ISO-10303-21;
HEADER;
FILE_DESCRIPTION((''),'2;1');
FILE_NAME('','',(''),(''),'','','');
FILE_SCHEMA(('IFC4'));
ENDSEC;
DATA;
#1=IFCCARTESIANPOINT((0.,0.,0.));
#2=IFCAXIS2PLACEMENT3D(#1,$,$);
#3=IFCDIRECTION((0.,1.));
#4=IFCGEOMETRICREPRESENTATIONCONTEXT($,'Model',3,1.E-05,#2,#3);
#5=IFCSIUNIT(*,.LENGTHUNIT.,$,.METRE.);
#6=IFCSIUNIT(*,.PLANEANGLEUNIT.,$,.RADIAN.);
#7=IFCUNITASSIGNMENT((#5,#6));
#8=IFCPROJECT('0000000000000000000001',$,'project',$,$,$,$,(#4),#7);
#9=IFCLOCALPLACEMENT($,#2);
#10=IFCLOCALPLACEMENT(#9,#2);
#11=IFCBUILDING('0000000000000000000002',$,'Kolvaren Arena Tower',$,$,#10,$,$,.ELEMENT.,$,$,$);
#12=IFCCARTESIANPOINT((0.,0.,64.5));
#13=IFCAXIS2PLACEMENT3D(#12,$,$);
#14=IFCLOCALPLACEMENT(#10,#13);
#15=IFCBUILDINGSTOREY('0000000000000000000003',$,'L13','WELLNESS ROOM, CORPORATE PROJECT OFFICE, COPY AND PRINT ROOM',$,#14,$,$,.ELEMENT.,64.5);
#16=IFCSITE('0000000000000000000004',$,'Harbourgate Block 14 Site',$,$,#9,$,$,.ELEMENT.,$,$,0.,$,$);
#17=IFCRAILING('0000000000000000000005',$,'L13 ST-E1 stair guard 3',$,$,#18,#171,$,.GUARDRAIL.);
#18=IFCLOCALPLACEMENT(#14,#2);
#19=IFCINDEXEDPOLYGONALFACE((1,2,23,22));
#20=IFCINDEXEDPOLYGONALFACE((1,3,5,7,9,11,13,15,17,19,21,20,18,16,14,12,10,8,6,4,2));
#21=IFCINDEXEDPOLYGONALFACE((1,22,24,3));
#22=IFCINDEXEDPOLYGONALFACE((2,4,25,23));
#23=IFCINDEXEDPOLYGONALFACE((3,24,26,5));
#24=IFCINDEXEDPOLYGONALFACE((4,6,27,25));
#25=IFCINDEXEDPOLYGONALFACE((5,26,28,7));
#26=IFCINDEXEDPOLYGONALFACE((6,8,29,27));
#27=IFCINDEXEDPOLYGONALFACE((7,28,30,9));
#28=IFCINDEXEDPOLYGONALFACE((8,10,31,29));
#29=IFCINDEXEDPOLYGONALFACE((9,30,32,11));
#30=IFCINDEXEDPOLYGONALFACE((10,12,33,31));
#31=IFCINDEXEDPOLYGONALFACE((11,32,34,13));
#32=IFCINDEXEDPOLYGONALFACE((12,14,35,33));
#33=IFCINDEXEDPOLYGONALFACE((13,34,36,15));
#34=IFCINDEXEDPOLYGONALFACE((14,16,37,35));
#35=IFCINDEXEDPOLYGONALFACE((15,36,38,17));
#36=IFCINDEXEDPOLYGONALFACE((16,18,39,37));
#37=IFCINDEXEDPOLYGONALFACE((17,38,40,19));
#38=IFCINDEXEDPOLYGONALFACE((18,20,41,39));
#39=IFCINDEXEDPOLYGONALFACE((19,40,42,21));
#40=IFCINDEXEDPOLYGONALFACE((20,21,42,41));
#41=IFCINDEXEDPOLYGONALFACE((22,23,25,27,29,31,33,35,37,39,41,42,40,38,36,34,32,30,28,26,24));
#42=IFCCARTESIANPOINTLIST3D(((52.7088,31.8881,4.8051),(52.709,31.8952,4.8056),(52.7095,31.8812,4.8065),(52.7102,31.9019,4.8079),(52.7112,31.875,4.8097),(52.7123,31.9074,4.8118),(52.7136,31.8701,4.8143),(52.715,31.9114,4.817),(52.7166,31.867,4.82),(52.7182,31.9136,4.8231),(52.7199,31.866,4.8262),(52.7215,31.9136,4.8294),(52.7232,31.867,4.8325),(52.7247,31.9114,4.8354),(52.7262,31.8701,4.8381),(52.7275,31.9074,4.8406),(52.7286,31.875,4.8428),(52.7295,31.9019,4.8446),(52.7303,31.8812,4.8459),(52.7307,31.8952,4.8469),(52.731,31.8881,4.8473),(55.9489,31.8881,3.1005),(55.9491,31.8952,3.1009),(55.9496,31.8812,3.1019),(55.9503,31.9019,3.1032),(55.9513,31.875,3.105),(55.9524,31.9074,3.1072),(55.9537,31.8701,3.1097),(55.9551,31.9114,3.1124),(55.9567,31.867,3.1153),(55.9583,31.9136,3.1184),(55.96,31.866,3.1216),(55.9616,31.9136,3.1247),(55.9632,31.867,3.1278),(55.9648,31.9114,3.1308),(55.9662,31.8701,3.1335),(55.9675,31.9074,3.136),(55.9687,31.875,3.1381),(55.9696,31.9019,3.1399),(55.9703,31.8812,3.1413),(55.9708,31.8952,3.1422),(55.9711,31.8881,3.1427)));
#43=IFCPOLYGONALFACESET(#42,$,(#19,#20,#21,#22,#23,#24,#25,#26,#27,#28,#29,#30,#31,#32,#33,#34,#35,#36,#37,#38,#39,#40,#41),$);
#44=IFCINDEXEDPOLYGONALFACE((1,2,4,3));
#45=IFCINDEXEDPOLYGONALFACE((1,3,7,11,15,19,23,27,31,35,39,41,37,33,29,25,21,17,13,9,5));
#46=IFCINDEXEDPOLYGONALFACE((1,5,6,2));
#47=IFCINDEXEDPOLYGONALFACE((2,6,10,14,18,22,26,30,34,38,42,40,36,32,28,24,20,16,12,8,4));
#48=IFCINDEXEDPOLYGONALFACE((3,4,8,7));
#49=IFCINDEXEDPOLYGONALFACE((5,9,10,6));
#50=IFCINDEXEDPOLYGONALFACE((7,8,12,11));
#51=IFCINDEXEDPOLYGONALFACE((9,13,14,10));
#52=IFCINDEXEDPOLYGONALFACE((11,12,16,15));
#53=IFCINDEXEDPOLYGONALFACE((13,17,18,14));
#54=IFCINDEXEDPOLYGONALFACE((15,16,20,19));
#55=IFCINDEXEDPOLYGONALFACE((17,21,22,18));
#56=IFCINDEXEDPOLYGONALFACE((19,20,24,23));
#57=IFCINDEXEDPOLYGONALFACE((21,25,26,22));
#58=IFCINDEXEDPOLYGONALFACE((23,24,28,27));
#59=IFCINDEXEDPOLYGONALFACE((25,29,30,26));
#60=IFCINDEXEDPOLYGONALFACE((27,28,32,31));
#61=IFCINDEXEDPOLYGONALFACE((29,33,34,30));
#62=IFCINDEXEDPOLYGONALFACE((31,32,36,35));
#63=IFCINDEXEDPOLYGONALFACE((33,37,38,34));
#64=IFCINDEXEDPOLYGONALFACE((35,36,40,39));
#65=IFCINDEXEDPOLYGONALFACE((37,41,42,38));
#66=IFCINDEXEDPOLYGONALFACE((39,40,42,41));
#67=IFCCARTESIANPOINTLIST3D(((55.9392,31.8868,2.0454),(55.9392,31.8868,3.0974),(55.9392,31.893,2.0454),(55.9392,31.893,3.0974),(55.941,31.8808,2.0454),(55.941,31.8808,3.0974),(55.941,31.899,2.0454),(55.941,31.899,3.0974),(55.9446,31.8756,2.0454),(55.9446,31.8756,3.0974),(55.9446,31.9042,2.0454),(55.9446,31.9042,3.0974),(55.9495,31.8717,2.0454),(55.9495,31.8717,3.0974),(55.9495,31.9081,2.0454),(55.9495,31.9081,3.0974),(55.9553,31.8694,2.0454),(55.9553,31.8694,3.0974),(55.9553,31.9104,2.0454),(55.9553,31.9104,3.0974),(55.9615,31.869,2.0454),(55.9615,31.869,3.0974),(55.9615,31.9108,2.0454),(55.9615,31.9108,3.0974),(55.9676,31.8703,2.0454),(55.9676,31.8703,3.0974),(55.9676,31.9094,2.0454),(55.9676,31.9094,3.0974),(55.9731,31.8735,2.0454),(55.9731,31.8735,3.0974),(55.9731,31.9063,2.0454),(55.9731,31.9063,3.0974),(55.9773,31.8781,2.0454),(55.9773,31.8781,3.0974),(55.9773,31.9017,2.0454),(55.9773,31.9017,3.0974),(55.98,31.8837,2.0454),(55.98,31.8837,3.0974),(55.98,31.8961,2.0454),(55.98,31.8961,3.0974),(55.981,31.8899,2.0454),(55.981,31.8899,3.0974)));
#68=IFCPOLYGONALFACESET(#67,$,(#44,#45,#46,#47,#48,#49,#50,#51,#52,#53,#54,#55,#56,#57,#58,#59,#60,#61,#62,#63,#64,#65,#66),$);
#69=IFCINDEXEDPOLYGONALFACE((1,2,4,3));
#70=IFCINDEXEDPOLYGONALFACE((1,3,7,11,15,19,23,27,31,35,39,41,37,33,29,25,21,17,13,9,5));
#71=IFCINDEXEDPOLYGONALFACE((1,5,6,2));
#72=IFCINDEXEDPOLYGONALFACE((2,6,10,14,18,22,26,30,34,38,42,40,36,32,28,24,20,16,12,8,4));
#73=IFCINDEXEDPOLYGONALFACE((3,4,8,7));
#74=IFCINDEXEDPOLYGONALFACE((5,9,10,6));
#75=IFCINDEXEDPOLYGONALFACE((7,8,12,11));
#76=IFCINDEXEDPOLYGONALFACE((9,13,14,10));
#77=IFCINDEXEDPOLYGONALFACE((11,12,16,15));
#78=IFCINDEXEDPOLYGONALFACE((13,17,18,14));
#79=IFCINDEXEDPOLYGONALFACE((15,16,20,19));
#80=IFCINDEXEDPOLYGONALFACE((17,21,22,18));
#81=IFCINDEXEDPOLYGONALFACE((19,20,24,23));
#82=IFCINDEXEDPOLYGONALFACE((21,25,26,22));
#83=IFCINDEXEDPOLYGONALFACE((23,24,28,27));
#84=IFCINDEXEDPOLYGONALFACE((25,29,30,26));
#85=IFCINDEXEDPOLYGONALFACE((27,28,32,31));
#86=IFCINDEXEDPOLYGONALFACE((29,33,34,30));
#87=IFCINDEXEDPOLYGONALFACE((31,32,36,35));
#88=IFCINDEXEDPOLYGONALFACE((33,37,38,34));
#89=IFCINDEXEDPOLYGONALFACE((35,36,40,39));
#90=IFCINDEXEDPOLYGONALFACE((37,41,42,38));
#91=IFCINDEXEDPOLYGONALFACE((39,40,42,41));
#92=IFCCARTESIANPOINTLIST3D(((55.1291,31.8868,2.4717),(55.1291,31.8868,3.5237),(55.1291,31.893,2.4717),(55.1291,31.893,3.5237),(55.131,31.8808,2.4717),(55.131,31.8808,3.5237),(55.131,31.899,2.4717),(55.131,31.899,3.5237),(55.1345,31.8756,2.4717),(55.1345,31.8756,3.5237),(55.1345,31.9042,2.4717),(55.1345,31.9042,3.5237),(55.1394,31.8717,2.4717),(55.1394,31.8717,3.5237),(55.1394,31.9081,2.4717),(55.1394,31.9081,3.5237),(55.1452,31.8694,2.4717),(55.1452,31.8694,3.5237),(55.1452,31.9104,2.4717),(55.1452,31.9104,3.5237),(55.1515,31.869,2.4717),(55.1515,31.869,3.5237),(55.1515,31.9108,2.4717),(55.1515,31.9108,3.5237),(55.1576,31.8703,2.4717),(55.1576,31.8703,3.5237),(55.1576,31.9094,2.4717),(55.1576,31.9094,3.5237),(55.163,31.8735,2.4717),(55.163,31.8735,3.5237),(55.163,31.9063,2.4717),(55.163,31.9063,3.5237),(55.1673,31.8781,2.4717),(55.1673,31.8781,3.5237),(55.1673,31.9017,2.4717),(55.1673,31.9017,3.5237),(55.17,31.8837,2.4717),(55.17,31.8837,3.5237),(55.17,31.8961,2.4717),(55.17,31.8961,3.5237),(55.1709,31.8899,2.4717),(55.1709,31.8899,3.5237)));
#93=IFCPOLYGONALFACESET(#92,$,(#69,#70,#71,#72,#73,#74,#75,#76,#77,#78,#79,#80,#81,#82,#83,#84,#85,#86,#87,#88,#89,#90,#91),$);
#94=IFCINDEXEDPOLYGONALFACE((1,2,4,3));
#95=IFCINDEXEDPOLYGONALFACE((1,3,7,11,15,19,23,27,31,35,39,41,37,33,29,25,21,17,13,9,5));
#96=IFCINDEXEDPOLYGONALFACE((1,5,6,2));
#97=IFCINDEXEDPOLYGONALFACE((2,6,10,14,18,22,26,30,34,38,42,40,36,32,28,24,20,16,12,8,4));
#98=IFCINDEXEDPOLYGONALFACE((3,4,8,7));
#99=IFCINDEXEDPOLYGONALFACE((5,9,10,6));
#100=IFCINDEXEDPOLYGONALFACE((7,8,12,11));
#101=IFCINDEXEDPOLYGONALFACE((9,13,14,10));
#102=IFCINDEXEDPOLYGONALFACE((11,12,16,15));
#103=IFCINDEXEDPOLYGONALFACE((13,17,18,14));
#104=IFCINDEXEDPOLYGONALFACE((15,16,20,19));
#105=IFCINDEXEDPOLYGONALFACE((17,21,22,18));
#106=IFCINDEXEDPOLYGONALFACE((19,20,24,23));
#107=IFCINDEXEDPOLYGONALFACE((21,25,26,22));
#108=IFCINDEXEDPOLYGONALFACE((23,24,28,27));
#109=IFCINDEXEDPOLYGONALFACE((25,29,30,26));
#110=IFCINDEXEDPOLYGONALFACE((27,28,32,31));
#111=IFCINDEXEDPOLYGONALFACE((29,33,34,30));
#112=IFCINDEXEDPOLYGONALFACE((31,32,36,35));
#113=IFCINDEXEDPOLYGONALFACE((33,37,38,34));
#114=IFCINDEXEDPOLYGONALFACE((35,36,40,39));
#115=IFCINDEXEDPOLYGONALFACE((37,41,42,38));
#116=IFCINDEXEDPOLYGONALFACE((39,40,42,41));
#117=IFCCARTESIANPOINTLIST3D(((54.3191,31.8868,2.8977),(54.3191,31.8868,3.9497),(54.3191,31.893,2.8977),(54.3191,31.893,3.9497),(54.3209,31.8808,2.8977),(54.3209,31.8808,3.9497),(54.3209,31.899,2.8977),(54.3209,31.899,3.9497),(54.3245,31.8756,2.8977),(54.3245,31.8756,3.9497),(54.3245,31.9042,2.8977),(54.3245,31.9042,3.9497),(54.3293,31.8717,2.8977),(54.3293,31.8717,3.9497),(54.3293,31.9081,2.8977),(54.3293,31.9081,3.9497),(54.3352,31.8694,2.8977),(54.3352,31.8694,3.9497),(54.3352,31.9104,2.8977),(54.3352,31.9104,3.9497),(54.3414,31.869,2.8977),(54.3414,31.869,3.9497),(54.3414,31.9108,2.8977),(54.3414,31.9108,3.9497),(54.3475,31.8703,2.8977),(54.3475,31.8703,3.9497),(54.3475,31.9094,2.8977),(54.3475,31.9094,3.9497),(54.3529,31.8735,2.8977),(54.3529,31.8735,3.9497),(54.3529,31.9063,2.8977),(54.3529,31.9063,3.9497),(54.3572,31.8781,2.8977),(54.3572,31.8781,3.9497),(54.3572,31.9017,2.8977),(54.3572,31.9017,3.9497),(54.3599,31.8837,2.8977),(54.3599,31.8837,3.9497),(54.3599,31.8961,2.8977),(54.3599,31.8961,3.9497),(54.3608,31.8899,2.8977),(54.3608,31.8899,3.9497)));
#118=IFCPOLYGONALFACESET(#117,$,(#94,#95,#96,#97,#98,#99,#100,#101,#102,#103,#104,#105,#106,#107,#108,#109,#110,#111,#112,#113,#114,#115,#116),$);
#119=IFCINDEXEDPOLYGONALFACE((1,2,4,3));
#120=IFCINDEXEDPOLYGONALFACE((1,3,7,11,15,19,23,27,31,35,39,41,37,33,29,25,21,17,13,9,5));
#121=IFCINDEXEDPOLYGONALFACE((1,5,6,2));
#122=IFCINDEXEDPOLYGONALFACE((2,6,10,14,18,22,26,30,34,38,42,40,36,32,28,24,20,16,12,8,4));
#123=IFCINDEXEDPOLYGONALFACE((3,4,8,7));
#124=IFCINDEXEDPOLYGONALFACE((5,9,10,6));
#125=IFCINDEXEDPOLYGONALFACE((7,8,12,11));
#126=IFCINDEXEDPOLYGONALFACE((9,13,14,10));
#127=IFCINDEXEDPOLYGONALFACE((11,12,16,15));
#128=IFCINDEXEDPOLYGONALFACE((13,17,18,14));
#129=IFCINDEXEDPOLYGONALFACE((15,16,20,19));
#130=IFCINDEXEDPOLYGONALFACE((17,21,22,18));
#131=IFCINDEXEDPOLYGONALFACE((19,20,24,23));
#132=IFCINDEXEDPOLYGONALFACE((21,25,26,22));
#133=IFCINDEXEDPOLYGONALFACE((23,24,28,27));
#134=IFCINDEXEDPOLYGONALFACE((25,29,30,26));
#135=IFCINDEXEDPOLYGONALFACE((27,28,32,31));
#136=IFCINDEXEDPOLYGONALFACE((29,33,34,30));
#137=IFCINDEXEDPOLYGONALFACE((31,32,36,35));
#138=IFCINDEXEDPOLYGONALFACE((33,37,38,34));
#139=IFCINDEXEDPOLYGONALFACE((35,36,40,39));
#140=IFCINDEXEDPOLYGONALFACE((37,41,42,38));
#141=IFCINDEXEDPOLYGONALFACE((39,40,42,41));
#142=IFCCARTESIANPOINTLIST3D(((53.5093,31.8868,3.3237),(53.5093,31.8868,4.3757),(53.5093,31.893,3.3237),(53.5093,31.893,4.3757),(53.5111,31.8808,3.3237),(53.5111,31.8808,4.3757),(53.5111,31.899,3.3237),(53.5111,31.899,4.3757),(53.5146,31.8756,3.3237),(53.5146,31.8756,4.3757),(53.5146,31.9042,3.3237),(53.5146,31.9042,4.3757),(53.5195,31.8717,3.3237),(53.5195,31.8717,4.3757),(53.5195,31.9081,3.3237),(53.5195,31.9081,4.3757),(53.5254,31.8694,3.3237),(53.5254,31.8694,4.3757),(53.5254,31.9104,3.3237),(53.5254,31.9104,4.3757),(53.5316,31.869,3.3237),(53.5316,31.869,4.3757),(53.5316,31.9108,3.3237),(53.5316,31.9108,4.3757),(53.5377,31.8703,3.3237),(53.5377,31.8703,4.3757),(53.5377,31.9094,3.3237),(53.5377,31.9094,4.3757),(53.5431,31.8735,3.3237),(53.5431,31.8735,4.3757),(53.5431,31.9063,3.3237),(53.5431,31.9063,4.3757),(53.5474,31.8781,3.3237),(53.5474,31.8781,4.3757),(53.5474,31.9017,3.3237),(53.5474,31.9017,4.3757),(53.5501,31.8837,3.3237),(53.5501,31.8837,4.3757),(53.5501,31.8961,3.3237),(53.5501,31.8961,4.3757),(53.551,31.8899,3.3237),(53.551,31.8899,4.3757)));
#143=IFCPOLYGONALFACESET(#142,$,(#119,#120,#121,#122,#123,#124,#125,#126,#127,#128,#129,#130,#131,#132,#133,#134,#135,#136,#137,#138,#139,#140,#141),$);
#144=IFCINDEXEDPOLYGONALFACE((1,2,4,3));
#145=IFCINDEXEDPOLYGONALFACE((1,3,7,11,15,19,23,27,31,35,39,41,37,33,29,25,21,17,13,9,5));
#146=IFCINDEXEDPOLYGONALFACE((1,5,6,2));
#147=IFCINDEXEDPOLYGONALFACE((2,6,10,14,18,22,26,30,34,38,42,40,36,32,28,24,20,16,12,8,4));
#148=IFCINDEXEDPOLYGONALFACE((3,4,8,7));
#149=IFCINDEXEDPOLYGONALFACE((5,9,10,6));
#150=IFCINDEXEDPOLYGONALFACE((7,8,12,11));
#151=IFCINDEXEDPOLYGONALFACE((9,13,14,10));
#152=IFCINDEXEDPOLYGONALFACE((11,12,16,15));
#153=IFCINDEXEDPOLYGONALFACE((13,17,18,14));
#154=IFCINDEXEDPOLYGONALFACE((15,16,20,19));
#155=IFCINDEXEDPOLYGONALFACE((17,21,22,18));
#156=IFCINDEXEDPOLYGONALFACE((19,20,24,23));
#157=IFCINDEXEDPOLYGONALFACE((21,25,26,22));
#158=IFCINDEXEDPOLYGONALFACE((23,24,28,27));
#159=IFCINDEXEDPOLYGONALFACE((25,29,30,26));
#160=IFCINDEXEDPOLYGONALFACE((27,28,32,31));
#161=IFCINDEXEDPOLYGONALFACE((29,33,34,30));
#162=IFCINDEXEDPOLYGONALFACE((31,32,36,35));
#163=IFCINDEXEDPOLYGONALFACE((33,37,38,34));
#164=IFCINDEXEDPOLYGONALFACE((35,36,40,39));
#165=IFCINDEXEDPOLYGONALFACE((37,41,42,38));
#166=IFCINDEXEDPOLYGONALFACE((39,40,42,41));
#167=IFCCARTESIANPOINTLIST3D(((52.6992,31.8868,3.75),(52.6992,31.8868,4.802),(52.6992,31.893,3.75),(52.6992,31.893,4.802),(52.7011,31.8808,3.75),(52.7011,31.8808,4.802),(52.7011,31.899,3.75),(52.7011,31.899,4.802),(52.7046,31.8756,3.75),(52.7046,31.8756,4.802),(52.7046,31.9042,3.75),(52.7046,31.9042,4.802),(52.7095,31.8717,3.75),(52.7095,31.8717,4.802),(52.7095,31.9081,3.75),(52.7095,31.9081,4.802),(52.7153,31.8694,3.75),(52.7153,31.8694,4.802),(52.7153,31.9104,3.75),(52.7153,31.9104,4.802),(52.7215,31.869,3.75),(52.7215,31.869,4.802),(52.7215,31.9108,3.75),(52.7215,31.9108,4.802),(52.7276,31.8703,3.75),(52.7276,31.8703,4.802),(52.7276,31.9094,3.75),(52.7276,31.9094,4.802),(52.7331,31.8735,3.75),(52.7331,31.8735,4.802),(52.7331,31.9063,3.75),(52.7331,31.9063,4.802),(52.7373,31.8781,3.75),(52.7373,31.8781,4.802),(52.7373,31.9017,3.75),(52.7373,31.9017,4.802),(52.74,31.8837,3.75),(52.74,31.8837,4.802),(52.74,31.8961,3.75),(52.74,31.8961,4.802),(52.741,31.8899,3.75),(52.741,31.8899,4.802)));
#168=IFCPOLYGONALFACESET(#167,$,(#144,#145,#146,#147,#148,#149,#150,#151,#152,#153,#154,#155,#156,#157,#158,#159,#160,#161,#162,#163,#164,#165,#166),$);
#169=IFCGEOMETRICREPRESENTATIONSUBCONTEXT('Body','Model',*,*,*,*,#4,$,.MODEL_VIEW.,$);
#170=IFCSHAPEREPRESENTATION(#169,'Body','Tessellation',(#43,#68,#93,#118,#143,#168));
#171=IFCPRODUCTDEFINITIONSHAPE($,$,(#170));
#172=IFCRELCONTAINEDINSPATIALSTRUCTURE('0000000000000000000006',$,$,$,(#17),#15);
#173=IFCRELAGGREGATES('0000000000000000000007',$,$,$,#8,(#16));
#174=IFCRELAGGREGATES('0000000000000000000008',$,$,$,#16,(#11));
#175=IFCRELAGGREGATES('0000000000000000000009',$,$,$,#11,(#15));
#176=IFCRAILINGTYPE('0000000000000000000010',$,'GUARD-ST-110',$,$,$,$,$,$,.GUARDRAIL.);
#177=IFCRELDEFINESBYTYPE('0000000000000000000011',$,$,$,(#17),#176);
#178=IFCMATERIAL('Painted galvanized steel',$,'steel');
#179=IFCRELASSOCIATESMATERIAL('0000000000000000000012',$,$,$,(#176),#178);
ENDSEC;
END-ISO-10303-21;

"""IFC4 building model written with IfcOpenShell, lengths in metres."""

from ifc_helpers import new_model, si_unit, direction, frame, origin, origin_2d, place, context, subcontext, project, spatial, circle, extrude, material, type_object, element, save


model = new_model("IFC4")

# Units and contexts
model_context = context("Model", 3, precision=1e-05, world=origin(), true_north=direction((0.0, 1.0)))
body_context = subcontext(model_context, "Body", "Model", "MODEL_VIEW")
ifc_project = project(units=[si_unit("LENGTHUNIT", "METRE"), si_unit("PLANEANGLEUNIT", "RADIAN")], contexts=[model_context])

# Site, building, storey
site_placement = place(None, origin())
site = spatial("IfcSite", under=ifc_project, at=site_placement, Name="Harbourgate Block 14 Site", CompositionType="ELEMENT", RefElevation=0.0)
building_placement = place(site_placement, origin())
building = spatial("IfcBuilding", under=site, at=building_placement, Name="Kolvaren Arena Tower", CompositionType="ELEMENT")
storey_placement = place(building_placement, frame((0.0, 0.0, 64.5)))
storey = spatial("IfcBuildingStorey", under=building, at=storey_placement, Name="L13", Description="WELLNESS ROOM, CORPORATE PROJECT OFFICE, COPY AND PRINT ROOM", CompositionType="ELEMENT", Elevation=64.5)

# Railing
ifc_material_1 = material(Name="Painted galvanized steel", Category="steel")
railing_type_1 = type_object("IfcRailingType", Name="GUARD-ST-110", PredefinedType="GUARDRAIL", material=ifc_material_1)
railing_1_placement = place(storey_placement, frame((55.96, 31.8899, 2.0454)))
element("IfcRailing", 1, at=railing_1_placement, inside=storey, type_object=railing_type_1, Name="L13 ST-E1 stair guard 3", PredefinedType="GUARDRAIL", context=body_context, shape_type="SweptSolid", body=[
    extrude(circle(Radius=0.0239, at=origin_2d()), frame((0.0, 0.0, 1.0762), z_axis=(-0.884993, 0.0, 0.465604), x_axis=(0.0, -1.0, 0.0)), (0.0, 0.0, 1.0), 3.6611),
    extrude(circle(Radius=0.021, at=origin_2d()), origin(), (0.0, 0.0, 1.0), 1.052),
    extrude(circle(Radius=0.021, at=origin_2d()), frame((-0.8101, 0.0, 0.4263)), (0.0, 0.0, 1.0), 1.052),
    extrude(circle(Radius=0.021, at=origin_2d()), frame((-1.6201, 0.0, 0.8523)), (0.0, 0.0, 1.0), 1.052),
    extrude(circle(Radius=0.021, at=origin_2d()), frame((-2.4299, 0.0, 1.2783)), (0.0, 0.0, 1.0), 1.052),
    extrude(circle(Radius=0.021, at=origin_2d()), frame((-3.24, 0.0, 1.7046)), (0.0, 0.0, 1.0), 1.052),
])

save(model, "model.ifc")
